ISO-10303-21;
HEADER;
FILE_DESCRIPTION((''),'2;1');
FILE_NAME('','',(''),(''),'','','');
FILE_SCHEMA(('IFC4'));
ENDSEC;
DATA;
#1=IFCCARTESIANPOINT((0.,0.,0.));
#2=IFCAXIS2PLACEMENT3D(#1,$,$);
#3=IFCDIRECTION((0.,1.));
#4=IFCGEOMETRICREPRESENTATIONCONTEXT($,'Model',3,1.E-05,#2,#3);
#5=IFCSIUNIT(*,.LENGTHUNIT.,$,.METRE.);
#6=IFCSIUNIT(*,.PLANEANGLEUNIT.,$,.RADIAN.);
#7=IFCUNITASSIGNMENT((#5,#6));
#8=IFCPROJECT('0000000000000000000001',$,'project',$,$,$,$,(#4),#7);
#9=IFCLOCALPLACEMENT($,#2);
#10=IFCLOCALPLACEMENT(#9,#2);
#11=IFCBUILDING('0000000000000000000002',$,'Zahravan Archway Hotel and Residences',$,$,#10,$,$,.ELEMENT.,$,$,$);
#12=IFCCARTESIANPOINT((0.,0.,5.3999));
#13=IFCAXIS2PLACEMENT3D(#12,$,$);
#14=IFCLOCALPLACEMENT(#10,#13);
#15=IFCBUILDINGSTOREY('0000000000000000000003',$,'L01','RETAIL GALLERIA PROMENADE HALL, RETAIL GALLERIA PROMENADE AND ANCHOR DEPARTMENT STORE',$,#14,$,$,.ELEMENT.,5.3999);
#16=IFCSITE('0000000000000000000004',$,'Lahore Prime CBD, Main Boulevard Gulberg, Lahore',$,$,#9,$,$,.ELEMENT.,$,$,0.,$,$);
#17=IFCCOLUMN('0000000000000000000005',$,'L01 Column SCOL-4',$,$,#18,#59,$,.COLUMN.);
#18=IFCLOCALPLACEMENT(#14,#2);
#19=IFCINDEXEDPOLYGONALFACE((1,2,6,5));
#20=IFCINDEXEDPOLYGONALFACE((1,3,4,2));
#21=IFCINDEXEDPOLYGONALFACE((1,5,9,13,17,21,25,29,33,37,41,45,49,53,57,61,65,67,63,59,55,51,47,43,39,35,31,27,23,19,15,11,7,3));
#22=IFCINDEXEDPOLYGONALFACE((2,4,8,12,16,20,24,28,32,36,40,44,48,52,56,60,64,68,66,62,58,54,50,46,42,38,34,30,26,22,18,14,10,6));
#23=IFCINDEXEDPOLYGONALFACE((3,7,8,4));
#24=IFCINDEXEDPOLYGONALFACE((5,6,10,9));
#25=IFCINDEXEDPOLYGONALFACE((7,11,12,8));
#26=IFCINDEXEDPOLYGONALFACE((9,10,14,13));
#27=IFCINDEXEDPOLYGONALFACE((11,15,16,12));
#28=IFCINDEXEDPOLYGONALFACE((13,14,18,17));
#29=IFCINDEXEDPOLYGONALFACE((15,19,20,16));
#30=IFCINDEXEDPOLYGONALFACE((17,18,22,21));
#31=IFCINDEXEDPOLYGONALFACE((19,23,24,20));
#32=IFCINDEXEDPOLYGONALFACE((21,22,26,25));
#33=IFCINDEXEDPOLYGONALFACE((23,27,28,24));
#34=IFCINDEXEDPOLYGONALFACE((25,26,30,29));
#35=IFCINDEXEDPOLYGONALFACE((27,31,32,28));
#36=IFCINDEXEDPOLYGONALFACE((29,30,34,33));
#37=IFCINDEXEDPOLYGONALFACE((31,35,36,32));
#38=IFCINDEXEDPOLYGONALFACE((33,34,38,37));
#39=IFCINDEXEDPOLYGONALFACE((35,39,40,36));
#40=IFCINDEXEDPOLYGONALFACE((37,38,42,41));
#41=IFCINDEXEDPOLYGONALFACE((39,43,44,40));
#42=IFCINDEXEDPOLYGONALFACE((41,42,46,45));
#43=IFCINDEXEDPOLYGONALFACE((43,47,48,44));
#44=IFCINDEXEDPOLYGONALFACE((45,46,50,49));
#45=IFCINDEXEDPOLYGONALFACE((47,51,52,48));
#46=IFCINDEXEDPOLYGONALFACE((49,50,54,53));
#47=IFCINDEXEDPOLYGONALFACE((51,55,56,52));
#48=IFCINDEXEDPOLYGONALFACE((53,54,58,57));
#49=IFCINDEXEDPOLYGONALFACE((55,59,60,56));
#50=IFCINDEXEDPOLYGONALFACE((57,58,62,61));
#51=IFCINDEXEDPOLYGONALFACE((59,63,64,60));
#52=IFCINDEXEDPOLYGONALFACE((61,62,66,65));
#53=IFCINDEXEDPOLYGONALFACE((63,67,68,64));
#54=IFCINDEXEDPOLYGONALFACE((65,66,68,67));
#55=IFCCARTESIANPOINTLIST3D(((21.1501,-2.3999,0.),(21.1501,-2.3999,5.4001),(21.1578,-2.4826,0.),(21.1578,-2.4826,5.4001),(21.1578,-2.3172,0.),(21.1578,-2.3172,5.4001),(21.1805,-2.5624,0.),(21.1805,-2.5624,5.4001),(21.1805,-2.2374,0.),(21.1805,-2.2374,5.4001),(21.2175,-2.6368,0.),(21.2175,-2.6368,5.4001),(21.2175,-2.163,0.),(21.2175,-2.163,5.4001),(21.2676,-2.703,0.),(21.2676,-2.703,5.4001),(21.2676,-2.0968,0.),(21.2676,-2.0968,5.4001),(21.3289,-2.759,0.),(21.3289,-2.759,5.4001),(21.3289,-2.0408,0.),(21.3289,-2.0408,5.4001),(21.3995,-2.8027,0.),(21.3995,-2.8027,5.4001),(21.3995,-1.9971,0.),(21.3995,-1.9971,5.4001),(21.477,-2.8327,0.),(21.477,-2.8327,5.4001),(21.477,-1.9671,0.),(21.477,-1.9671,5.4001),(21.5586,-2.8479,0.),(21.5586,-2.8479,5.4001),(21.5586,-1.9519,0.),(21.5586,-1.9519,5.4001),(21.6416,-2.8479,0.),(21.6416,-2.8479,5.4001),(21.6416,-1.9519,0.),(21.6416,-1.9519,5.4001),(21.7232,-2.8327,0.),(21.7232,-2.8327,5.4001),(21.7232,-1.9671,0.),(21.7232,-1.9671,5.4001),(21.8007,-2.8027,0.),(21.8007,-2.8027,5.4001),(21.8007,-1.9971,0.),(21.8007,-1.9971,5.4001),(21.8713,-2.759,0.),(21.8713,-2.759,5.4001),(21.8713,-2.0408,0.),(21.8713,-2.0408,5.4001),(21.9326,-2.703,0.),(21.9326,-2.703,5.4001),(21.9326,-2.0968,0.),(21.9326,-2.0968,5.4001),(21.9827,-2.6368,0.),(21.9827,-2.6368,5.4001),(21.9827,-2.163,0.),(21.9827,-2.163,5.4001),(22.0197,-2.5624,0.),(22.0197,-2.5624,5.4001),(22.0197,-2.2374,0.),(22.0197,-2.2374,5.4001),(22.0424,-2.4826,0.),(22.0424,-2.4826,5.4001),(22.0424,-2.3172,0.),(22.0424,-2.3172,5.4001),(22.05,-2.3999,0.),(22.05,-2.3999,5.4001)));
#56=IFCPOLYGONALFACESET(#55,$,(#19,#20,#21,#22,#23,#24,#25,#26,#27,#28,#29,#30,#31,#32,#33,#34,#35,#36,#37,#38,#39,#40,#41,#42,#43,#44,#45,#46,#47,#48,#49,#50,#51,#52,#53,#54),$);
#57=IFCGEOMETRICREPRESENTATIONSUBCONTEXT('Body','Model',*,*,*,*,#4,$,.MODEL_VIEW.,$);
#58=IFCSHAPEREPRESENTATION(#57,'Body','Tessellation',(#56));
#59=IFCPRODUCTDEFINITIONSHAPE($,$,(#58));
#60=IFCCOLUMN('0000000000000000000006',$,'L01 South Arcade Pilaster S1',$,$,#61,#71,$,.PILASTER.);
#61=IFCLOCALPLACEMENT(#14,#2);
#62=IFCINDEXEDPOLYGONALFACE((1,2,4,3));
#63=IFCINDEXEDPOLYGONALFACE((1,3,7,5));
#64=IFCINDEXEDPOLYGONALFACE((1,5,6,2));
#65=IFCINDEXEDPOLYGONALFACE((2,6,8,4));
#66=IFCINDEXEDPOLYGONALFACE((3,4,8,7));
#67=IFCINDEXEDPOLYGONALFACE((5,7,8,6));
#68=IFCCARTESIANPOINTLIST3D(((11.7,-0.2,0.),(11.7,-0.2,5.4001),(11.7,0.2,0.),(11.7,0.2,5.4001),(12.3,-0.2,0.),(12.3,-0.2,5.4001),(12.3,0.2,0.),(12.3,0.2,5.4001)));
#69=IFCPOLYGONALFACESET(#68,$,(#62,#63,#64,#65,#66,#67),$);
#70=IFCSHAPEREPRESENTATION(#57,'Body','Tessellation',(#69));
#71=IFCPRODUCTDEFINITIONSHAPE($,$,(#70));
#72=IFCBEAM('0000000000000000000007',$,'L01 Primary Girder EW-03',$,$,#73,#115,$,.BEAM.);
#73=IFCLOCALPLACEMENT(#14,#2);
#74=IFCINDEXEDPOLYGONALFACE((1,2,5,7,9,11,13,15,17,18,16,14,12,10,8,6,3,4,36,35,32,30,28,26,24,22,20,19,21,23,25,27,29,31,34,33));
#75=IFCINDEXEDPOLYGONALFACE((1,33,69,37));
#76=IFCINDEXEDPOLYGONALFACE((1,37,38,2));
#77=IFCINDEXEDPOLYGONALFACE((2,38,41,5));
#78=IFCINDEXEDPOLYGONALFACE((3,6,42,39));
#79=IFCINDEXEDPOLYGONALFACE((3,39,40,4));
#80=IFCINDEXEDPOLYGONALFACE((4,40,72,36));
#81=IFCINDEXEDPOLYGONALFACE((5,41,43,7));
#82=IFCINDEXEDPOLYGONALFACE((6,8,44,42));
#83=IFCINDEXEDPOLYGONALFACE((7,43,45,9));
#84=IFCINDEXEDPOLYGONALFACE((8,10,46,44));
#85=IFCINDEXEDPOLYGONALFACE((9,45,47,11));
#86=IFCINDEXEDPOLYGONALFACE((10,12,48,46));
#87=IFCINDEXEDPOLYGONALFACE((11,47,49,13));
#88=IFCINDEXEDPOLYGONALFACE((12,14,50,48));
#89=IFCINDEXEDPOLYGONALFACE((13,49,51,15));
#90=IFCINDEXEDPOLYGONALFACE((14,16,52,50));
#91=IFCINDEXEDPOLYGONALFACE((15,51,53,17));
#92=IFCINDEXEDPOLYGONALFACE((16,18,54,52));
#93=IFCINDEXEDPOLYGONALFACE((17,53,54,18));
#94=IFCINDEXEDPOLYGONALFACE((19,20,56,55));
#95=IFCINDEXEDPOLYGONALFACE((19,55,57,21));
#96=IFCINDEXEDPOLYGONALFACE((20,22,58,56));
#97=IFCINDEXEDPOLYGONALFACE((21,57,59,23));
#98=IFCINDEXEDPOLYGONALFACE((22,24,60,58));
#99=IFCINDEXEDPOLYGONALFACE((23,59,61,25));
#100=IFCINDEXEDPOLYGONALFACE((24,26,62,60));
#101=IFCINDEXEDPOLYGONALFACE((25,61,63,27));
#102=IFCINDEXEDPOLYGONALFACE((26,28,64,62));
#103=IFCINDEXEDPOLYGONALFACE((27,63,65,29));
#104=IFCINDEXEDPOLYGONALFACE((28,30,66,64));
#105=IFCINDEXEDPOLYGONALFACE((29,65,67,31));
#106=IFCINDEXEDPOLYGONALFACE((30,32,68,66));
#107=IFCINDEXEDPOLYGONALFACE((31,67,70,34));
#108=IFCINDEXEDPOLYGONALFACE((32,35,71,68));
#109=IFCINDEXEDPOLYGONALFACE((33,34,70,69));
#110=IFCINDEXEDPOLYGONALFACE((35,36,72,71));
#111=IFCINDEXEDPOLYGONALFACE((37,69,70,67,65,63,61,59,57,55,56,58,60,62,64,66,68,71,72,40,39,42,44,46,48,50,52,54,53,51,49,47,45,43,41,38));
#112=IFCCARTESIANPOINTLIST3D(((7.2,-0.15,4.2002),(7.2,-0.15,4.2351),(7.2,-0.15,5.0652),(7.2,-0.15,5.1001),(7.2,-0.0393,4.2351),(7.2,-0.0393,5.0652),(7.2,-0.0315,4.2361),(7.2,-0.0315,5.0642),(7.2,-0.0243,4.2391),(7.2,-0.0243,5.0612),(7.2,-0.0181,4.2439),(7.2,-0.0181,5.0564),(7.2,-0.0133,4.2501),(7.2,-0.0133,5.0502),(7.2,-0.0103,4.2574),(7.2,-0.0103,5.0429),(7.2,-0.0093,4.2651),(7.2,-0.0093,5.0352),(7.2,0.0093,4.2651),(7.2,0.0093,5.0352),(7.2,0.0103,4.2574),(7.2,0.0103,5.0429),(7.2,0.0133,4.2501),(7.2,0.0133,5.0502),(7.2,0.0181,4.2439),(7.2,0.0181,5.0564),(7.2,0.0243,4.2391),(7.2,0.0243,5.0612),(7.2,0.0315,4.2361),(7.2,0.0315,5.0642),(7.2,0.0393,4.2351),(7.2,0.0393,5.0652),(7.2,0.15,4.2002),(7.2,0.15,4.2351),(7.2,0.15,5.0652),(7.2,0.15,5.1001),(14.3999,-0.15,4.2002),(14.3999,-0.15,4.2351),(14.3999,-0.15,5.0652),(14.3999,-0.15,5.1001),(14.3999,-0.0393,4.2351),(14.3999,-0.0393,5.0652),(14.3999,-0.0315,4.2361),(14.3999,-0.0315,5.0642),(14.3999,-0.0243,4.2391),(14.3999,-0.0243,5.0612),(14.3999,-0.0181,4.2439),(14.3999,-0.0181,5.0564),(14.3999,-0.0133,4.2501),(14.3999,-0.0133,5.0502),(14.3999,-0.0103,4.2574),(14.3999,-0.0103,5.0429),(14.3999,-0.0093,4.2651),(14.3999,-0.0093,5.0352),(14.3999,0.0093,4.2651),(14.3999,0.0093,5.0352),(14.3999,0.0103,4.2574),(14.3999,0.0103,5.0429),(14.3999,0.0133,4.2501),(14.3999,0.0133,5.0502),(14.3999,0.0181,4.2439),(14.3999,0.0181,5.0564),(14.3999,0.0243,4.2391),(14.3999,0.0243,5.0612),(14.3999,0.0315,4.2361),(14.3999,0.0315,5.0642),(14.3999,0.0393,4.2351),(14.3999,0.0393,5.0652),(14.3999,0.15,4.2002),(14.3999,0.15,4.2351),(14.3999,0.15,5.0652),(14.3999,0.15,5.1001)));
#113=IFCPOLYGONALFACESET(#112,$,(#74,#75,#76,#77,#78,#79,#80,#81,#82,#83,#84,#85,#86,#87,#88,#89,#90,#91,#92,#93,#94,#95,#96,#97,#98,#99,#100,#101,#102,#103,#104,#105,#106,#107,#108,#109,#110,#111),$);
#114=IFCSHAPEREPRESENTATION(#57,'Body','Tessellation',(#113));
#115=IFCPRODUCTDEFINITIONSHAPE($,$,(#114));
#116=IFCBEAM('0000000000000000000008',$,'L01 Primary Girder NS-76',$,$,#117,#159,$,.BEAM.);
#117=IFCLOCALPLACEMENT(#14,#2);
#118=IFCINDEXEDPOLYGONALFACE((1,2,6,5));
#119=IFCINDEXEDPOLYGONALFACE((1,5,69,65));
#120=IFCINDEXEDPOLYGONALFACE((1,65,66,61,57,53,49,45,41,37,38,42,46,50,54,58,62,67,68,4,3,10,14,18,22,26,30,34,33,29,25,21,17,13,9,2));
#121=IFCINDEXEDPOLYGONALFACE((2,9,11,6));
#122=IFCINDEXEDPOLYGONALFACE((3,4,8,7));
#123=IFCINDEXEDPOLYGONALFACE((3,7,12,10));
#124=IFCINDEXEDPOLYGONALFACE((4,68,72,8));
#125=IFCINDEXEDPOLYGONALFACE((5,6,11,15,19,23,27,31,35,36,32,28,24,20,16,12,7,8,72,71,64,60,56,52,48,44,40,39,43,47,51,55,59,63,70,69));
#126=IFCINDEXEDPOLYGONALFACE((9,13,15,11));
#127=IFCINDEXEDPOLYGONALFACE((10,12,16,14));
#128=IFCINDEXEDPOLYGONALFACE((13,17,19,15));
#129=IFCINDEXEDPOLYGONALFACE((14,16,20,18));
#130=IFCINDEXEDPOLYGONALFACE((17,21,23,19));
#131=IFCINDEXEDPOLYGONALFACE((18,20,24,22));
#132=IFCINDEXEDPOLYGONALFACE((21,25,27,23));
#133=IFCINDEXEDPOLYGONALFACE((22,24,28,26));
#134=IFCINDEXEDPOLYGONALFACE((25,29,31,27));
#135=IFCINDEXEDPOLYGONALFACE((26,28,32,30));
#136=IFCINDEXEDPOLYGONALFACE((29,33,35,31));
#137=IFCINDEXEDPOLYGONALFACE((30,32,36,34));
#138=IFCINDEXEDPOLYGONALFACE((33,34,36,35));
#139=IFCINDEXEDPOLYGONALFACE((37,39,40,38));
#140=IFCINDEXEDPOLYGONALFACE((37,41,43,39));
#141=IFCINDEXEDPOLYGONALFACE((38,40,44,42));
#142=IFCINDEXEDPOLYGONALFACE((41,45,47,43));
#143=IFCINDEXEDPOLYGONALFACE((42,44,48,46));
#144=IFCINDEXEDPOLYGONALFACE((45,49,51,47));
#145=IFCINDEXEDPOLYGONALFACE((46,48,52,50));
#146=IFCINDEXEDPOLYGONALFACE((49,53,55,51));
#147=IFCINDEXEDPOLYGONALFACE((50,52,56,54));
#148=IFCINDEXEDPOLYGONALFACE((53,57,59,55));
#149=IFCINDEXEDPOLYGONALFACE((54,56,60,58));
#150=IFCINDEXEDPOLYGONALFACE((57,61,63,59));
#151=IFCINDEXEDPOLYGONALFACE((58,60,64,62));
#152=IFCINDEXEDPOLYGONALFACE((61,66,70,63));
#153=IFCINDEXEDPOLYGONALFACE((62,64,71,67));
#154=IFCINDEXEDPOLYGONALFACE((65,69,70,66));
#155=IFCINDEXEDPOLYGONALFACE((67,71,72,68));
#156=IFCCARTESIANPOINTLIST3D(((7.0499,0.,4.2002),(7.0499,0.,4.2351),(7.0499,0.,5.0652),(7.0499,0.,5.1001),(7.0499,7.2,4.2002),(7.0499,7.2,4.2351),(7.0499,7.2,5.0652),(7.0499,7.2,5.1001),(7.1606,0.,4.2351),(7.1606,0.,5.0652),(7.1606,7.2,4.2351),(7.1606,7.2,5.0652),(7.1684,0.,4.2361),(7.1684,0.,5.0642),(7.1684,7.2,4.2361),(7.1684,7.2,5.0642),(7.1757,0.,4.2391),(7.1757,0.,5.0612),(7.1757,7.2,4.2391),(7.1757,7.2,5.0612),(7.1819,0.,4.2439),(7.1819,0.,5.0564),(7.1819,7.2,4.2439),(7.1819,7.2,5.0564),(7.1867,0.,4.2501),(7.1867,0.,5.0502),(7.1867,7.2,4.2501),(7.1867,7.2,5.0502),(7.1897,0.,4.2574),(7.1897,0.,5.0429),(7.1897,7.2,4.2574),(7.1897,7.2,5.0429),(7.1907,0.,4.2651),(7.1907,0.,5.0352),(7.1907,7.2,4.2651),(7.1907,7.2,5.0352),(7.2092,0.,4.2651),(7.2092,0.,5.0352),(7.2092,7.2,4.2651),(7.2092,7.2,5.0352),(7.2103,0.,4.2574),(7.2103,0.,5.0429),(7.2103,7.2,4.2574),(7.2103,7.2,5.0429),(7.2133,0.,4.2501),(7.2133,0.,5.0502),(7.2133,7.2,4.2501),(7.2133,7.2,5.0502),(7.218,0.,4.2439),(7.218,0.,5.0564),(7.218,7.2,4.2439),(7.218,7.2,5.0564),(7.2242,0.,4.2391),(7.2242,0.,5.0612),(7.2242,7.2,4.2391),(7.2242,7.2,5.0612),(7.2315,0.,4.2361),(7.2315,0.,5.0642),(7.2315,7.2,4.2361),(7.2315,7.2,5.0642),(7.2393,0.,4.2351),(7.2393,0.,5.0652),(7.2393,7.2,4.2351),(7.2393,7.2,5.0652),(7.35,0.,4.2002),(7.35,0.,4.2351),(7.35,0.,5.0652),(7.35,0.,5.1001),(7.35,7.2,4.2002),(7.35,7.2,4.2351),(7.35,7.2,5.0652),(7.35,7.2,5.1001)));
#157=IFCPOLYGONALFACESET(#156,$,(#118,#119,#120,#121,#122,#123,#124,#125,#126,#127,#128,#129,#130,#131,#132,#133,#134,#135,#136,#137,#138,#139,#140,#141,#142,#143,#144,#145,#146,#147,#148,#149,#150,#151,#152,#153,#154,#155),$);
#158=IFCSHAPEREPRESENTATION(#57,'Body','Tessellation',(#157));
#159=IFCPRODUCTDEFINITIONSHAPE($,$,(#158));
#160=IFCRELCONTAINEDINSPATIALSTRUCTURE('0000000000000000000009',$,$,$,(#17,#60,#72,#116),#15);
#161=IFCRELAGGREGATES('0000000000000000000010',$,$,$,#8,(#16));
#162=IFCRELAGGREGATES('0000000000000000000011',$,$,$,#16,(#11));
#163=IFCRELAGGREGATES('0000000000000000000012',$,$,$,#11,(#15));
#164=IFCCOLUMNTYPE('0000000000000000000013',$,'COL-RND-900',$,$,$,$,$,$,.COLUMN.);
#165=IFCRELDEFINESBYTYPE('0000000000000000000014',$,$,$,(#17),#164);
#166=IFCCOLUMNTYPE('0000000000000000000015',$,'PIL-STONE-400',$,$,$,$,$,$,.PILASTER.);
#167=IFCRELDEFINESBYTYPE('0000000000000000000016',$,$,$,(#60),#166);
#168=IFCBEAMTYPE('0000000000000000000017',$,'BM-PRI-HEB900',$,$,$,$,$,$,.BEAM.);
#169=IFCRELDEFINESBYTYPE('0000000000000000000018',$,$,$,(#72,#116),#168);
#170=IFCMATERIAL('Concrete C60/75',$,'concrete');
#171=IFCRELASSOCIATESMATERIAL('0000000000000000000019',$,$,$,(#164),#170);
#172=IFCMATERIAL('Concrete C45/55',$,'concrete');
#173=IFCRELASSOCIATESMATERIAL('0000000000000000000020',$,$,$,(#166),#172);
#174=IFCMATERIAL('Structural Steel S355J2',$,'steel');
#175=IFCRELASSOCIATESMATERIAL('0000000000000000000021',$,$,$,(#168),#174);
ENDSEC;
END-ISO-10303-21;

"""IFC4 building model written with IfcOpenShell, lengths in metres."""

from ifc_helpers import new_model, si_unit, direction, frame, origin, origin_2d, place, context, subcontext, project, spatial, rectangle, circle, i_section, extrude, source, transform, mapped, material, material_profile, profile_set, type_object, type_shapes, element, save


model = new_model("IFC4")

# Units and contexts
model_context = context("Model", 3, precision=1e-05, world=origin(), true_north=direction((0.0, 1.0)))
body_context = subcontext(model_context, "Body", "Model", "MODEL_VIEW")
ifc_project = project(units=[si_unit("LENGTHUNIT", "METRE"), si_unit("PLANEANGLEUNIT", "RADIAN")], contexts=[model_context])

# Site, building, storey
site_placement = place(None, origin())
site = spatial("IfcSite", under=ifc_project, at=site_placement, Name="Lahore Prime CBD, Main Boulevard Gulberg, Lahore", CompositionType="ELEMENT", RefElevation=0.0)
building_placement = place(site_placement, origin())
building = spatial("IfcBuilding", under=site, at=building_placement, Name="Zahravan Archway Hotel and Residences", CompositionType="ELEMENT")
storey_placement = place(building_placement, frame((0.0, 0.0, 5.3999)))
storey = spatial("IfcBuildingStorey", under=building, at=storey_placement, Name="L01", Description="RETAIL GALLERIA PROMENADE HALL, RETAIL GALLERIA PROMENADE AND ANCHOR DEPARTMENT STORE", CompositionType="ELEMENT", Elevation=5.3999)

# Columns
ifc_material_1 = material(Name="Concrete C60/75", Category="concrete")
ifc_material_profile_1 = material_profile(ifc_material_1, circle(Radius=0.45, at=origin_2d()), Name="RC-CIRC-900", Category="concrete")
ifc_profile_set_1 = profile_set([ifc_material_profile_1], Name="Concrete C60/75")
column_type_1 = type_object("IfcColumnType", Name="COL-RND-900", PredefinedType="COLUMN", material=ifc_profile_set_1)
shared_shape_1 = source(origin(), body_context, "Body", "SweptSolid", [
    extrude(circle(Radius=0.45, at=origin_2d()), origin(), (0.0, 0.0, 1.0), 5.4001),
])
for number, where, z_axis, x_axis, name in (
    (1, (21.6001, -2.3999, 0.0), (0.0, 0.0, 1.0), (1.0, 0.0, 0.0), "L01 Column SCOL-4"),
):
    element("IfcColumn", number, at=place(storey_placement, frame(where, z_axis=z_axis, x_axis=x_axis)), inside=storey, type_object=column_type_1, Name=name, PredefinedType="COLUMN", context=body_context, shape_type="MappedRepresentation", body=[
        mapped(shared_shape_1, transform((0.0, 0.0, 0.0), scale=1.0)),
    ])
ifc_material_2 = material(Name="Concrete C45/55", Category="concrete")
ifc_material_profile_2 = material_profile(ifc_material_2, rectangle(XDim=0.6001, YDim=0.3999, at=origin_2d()), Name="RC-PIL-600x400", Category="concrete")
ifc_profile_set_2 = profile_set([ifc_material_profile_2], Name="Concrete C45/55")
column_type_2 = type_object("IfcColumnType", Name="PIL-STONE-400", PredefinedType="PILASTER", material=ifc_profile_set_2)
shared_shape_2 = source(origin(), body_context, "Body", "SweptSolid", [
    extrude(rectangle(XDim=0.6001, YDim=0.3999, at=origin_2d()), origin(), (0.0, 0.0, 1.0), 5.4001),
])
type_shapes(column_type_2, [shared_shape_2])
column_placement = place(storey_placement, frame((12.0, 0.0, 0.0), z_axis=(0.0, 0.0, 1.0), x_axis=(1.0, 0.0, 0.0)))
element("IfcColumn", 2, at=column_placement, inside=storey, type_object=column_type_2, Name="L01 South Arcade Pilaster S1", PredefinedType="PILASTER", context=body_context, shape_type="MappedRepresentation", body=[
    mapped(shared_shape_2, transform((0.0, 0.0, 0.0), scale=1.0)),
])

# Beams
ifc_material_3 = material(Name="Structural Steel S355J2", Category="steel")
ifc_material_profile_3 = material_profile(ifc_material_3, i_section(OverallWidth=0.3, OverallDepth=0.8999, WebThickness=0.0186, FlangeThickness=0.0349, FilletRadius=0.03, at=origin_2d()), Name="HEB 900", Category="steel")
ifc_profile_set_3 = profile_set([ifc_material_profile_3], Name="Structural Steel S355J2")
beam_type_1 = type_object("IfcBeamType", Name="BM-PRI-HEB900", PredefinedType="BEAM", material=ifc_profile_set_3)
shared_shape_3 = source(origin(), body_context, "Body", "SweptSolid", [
    extrude(i_section(OverallWidth=0.3, OverallDepth=0.8999, WebThickness=0.0186, FlangeThickness=0.0349, FilletRadius=0.03, at=origin_2d()), origin(), (0.0, 0.0, 1.0), 7.2),
])
for number, where, z_axis, x_axis, name in (
    (3, (7.2, 0.0, 4.6501), (1.0, 0.0, 0.0), (0.0, 1.0, 0.0), "L01 Primary Girder EW-03"),
    (4, (7.2, 0.0, 4.6501), (0.0, 1.0, 0.0), (-1.0, 0.0, 0.0), "L01 Primary Girder NS-76"),
):
    element("IfcBeam", number, at=place(storey_placement, frame(where, z_axis=z_axis, x_axis=x_axis)), inside=storey, type_object=beam_type_1, Name=name, PredefinedType="BEAM", context=body_context, shape_type="MappedRepresentation", body=[
        mapped(shared_shape_3, transform((0.0, 0.0, 0.0), scale=1.0)),
    ])

save(model, "model.ifc")
